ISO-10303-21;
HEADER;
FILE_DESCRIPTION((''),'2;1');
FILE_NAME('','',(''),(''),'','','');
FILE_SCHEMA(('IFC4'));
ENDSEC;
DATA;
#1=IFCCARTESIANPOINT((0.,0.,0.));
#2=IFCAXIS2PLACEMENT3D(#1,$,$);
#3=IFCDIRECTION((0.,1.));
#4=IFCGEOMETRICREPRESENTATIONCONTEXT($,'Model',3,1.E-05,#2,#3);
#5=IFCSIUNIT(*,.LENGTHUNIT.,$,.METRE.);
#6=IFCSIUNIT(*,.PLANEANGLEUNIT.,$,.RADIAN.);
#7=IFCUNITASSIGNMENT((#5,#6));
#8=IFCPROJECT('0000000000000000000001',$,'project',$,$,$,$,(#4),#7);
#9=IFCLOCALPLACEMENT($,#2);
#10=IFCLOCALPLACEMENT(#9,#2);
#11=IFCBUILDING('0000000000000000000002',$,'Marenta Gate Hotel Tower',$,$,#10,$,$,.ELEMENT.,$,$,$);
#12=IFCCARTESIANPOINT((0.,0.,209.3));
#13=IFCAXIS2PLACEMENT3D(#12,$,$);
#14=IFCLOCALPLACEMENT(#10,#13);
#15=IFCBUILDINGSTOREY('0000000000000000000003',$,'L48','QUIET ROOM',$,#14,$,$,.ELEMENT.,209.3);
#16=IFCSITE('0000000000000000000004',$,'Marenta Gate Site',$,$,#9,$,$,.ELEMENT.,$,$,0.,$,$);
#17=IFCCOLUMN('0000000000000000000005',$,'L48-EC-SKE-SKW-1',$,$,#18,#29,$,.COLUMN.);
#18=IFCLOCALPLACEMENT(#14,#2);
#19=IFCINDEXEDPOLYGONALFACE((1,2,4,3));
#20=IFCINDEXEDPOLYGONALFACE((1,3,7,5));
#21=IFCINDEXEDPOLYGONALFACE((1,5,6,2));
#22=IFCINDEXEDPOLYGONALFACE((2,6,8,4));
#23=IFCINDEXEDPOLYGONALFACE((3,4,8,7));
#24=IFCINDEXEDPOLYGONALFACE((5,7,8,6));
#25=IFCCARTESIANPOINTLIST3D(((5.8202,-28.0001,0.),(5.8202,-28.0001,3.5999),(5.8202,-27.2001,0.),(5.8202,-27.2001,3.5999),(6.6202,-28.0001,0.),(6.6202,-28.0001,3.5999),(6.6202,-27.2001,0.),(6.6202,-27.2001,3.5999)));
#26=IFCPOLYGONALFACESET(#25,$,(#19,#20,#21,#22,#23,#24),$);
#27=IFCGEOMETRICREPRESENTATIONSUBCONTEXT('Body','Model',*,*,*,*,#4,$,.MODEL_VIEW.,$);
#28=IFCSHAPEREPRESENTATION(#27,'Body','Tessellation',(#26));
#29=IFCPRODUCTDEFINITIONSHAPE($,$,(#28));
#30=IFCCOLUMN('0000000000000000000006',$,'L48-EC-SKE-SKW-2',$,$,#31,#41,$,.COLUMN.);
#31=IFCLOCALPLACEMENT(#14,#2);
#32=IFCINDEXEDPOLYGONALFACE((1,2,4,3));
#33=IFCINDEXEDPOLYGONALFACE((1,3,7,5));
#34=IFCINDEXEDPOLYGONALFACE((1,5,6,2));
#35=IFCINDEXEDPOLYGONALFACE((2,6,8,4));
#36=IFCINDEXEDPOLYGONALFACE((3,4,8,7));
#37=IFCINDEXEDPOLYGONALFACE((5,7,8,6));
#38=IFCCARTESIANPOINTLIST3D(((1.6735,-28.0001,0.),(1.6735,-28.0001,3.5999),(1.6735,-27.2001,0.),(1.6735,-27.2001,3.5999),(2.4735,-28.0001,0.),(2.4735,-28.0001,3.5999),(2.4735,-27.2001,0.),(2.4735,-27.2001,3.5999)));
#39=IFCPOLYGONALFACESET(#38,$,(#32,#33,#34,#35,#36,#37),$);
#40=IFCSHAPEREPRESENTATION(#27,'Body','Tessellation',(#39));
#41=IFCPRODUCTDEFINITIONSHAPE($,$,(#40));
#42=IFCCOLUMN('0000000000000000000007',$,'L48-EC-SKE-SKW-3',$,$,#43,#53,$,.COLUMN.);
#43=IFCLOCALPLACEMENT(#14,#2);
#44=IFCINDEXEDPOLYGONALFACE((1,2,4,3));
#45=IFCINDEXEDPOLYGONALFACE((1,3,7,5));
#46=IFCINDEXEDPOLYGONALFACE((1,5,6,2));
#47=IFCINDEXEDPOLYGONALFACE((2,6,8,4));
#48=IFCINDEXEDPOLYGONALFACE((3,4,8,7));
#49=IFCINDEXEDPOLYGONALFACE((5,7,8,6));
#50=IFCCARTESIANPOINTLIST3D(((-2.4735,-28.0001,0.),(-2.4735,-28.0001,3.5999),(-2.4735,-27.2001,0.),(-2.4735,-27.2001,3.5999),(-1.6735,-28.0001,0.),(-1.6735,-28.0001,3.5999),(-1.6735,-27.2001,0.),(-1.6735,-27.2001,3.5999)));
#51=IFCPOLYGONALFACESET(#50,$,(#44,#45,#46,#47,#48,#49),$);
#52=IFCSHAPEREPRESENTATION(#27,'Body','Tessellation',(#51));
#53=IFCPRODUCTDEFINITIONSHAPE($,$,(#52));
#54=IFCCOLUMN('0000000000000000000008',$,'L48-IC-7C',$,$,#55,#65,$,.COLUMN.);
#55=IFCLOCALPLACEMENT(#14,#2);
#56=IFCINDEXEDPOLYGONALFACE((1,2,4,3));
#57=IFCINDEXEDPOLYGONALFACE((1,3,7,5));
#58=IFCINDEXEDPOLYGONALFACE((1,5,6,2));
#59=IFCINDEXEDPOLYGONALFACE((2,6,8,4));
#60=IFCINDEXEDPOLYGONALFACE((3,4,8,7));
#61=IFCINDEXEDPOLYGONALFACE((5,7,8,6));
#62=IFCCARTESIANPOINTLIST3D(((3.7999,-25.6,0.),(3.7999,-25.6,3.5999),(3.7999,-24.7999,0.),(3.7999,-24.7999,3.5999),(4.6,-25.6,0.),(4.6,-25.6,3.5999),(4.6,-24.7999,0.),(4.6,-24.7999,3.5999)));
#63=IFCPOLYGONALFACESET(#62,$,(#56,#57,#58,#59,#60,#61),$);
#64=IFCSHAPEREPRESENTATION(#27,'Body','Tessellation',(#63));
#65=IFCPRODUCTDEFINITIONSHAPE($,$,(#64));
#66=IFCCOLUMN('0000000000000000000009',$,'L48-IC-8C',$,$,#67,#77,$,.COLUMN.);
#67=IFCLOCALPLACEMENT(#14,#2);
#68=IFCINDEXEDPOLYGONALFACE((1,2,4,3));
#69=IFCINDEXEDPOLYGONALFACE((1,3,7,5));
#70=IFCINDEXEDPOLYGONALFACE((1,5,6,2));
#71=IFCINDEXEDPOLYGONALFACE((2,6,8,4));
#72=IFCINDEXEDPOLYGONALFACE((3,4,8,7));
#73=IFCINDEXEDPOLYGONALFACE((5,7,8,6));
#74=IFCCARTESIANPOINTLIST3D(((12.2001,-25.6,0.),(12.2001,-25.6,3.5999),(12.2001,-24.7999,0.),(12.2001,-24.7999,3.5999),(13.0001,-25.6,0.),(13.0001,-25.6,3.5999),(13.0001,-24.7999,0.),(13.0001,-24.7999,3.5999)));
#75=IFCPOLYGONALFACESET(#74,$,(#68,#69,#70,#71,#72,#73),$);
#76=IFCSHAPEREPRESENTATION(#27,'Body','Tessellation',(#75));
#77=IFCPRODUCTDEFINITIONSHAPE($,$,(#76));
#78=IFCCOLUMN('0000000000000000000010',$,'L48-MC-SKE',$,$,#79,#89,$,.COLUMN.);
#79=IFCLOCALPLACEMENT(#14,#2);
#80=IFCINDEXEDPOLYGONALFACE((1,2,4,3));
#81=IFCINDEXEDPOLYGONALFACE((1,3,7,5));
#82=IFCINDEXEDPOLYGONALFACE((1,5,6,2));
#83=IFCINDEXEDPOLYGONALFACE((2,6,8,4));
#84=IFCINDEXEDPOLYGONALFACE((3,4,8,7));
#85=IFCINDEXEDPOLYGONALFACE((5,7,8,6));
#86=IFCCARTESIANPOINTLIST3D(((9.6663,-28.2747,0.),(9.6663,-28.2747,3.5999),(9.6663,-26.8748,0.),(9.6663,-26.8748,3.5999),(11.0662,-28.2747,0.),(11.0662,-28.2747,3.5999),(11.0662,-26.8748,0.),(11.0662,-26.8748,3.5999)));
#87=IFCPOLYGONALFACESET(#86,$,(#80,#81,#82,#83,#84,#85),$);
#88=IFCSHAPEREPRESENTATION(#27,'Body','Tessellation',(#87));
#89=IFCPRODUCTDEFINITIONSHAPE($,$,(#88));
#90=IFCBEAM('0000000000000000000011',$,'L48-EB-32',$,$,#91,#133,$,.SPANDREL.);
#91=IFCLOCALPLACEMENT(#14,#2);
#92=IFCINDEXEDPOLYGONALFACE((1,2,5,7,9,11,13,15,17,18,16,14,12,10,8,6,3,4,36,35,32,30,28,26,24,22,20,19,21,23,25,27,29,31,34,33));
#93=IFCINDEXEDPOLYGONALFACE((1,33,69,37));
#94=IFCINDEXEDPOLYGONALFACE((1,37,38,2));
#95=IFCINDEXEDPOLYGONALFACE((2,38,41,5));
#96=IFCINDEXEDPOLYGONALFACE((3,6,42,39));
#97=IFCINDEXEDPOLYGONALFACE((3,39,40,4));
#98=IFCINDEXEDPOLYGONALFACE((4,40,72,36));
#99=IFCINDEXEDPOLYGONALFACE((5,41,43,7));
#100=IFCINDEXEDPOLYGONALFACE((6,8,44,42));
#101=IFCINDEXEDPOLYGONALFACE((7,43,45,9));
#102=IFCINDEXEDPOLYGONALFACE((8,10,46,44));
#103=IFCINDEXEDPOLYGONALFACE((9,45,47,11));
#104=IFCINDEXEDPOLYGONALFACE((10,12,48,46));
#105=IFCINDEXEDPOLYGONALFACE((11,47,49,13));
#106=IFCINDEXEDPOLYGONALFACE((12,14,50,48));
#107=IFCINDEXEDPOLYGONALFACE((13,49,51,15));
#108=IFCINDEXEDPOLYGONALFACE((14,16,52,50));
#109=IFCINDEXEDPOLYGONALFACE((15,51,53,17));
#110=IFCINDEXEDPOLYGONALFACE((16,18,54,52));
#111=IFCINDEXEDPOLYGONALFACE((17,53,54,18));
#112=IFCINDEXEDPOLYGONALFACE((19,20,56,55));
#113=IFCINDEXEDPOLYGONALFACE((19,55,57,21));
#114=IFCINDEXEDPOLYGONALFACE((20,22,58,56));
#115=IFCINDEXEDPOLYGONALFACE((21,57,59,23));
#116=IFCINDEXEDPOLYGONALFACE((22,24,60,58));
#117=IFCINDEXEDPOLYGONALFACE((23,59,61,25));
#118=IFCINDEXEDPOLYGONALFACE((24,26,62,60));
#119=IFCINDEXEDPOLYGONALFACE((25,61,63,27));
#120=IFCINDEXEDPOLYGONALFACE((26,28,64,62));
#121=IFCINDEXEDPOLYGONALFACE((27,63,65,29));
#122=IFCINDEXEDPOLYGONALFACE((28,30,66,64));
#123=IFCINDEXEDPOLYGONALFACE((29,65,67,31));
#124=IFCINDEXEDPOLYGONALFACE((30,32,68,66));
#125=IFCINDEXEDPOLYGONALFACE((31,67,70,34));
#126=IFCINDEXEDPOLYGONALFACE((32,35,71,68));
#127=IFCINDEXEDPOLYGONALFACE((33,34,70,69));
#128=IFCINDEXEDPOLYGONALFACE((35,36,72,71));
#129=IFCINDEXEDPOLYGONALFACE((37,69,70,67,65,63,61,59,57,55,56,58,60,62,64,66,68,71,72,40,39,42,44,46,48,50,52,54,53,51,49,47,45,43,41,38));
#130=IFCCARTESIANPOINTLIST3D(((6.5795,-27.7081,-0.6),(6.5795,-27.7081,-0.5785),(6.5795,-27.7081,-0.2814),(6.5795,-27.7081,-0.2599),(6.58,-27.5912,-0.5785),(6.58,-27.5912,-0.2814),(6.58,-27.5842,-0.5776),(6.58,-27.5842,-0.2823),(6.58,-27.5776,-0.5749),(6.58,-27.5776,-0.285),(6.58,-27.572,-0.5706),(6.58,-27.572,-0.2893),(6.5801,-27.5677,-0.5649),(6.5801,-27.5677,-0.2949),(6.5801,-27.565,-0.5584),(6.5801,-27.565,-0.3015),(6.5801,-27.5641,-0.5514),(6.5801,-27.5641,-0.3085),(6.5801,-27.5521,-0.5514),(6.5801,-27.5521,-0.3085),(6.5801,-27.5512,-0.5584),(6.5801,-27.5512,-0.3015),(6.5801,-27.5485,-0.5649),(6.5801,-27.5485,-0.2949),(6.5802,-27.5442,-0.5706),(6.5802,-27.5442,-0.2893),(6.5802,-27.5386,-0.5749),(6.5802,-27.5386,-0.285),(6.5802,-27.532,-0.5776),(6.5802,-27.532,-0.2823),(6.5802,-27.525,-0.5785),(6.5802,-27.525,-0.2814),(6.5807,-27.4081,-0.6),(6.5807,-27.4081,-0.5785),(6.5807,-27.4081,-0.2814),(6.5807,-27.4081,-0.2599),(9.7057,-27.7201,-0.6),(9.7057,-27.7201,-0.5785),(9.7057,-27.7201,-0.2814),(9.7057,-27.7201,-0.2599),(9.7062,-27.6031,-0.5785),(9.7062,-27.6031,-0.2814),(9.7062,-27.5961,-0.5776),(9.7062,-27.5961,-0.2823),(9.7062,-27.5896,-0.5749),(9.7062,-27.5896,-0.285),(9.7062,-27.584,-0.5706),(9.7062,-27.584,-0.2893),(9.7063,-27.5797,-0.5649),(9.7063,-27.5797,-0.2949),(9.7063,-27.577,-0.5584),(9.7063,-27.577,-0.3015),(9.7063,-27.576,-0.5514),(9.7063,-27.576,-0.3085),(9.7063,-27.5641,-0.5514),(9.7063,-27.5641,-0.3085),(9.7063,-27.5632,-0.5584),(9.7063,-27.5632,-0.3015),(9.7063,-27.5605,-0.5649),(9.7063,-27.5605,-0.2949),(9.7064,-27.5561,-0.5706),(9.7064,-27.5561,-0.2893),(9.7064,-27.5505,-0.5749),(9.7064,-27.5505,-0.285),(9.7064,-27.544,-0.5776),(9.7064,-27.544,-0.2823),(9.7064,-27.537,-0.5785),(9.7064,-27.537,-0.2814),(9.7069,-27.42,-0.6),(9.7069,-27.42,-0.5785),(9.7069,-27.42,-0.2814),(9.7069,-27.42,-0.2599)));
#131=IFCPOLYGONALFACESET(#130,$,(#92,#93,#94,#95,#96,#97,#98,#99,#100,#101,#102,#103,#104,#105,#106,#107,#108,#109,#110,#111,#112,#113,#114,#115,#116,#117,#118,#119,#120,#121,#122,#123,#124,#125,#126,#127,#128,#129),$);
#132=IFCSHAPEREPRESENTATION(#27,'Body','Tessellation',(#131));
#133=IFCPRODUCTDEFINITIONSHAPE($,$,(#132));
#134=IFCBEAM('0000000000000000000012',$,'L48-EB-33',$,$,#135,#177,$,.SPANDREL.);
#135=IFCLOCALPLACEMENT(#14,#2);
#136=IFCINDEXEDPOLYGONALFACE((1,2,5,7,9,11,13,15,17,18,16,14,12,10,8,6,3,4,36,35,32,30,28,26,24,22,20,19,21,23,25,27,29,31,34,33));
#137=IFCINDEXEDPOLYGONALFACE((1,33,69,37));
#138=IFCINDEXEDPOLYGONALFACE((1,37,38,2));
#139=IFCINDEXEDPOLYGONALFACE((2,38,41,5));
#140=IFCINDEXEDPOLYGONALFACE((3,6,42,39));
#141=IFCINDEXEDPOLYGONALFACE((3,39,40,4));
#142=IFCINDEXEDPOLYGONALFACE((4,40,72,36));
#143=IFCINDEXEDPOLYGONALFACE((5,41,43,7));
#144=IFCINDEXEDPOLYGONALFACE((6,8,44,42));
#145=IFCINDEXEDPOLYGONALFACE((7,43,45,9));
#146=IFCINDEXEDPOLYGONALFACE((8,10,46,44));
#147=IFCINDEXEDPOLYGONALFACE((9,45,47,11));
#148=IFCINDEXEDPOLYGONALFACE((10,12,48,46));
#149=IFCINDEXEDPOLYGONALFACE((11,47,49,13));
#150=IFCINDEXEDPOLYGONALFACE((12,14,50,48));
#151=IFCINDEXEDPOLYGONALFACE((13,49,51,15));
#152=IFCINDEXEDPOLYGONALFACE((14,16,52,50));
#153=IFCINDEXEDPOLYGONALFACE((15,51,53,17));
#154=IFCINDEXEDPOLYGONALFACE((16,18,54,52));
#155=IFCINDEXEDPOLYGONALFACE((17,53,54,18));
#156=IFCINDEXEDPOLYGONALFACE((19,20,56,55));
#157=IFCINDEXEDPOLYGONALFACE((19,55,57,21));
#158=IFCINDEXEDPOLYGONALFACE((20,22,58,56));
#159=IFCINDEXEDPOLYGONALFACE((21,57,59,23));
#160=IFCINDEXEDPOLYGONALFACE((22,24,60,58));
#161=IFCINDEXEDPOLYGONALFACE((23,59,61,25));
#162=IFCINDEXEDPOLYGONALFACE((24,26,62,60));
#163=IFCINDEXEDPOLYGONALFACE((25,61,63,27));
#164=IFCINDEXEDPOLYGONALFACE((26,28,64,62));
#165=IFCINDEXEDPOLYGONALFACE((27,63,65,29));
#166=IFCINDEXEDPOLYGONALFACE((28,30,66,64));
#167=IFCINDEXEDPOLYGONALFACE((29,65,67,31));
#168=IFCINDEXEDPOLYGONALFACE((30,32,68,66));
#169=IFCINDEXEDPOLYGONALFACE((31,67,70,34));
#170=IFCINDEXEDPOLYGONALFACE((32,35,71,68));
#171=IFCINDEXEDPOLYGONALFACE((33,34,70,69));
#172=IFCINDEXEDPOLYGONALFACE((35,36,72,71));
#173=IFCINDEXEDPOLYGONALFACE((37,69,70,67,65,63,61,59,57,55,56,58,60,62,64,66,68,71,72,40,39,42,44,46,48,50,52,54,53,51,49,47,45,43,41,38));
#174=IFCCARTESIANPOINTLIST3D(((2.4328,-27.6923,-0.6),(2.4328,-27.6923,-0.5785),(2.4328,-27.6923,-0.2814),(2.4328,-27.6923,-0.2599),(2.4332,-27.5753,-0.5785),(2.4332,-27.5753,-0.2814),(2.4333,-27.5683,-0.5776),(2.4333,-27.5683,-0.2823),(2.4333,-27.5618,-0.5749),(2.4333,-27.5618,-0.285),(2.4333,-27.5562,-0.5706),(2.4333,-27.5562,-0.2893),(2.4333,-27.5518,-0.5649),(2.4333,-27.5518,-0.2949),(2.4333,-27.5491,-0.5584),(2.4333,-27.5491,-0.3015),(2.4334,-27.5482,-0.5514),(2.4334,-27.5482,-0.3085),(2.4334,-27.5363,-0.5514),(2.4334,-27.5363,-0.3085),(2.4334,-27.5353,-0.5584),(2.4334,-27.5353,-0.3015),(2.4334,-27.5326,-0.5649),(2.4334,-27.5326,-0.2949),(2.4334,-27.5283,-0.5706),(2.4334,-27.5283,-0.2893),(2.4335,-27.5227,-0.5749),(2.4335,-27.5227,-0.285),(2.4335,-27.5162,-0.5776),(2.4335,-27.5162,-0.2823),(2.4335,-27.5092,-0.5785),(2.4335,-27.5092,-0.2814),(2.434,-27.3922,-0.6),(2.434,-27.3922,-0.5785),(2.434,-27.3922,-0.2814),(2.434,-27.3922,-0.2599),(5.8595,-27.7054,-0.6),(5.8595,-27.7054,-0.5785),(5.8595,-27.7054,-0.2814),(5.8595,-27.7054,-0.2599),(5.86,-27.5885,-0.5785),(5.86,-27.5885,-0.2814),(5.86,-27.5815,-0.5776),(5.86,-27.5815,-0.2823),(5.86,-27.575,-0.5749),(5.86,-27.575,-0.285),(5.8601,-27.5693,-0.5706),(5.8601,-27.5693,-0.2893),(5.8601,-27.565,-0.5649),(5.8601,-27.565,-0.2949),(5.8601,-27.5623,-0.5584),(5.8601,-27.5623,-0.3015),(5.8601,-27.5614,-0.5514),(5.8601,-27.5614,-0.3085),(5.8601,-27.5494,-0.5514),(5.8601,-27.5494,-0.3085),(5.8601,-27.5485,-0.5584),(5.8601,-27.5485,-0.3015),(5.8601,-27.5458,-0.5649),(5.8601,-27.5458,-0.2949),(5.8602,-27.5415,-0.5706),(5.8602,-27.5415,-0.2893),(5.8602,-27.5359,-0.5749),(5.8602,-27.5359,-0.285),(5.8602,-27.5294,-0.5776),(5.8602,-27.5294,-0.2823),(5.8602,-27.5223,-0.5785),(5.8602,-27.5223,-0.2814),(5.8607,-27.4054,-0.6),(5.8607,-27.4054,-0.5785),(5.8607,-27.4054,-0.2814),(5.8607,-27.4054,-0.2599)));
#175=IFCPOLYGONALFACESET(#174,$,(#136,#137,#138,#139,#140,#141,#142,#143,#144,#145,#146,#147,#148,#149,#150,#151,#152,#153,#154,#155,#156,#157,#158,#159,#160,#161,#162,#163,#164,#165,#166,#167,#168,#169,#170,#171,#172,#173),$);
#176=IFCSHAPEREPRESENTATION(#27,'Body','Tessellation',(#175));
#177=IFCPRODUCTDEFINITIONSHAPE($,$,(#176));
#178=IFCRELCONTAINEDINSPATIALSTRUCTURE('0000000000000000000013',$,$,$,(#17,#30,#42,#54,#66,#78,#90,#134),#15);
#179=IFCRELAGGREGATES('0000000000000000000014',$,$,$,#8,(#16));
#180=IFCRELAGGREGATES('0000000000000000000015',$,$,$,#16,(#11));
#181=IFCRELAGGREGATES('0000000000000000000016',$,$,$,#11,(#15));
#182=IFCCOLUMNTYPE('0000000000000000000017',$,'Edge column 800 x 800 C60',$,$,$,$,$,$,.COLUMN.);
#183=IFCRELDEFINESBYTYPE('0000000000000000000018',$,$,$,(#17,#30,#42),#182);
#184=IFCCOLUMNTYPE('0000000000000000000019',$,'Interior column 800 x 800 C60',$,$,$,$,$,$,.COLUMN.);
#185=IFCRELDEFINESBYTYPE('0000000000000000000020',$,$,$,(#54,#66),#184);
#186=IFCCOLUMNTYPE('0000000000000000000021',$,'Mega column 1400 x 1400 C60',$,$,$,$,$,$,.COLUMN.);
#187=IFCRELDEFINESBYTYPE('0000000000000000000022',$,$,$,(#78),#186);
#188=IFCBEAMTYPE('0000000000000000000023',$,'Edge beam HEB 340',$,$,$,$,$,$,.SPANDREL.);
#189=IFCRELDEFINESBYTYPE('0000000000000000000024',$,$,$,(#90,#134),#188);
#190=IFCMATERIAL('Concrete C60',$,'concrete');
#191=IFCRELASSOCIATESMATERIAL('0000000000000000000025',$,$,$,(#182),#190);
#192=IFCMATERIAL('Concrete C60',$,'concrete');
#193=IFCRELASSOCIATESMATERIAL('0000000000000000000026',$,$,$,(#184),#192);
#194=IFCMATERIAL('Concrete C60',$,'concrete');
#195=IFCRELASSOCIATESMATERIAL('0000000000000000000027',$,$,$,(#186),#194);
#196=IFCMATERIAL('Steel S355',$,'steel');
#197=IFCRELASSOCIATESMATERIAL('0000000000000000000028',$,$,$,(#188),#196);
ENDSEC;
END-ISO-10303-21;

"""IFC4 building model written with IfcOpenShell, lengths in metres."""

from ifc_helpers import new_model, si_unit, direction, frame, origin, origin_2d, place, context, subcontext, project, spatial, rectangle, i_section, extrude, material, material_profile, profile_set, type_object, element, save


model = new_model("IFC4")

# Units and contexts
model_context = context("Model", 3, precision=1e-05, world=origin(), true_north=direction((0.0, 1.0)))
body_context = subcontext(model_context, "Body", "Model", "MODEL_VIEW")
ifc_project = project(units=[si_unit("LENGTHUNIT", "METRE"), si_unit("PLANEANGLEUNIT", "RADIAN")], contexts=[model_context])

# Site, building, storey
site_placement = place(None, origin())
site = spatial("IfcSite", under=ifc_project, at=site_placement, Name="Marenta Gate Site", CompositionType="ELEMENT", RefElevation=0.0)
building_placement = place(site_placement, origin())
building = spatial("IfcBuilding", under=site, at=building_placement, Name="Marenta Gate Hotel Tower", CompositionType="ELEMENT")
storey_placement = place(building_placement, frame((0.0, 0.0, 209.3)))
storey = spatial("IfcBuildingStorey", under=building, at=storey_placement, Name="L48", Description="QUIET ROOM", CompositionType="ELEMENT", Elevation=209.3)

# Columns
ifc_material_1 = material(Name="Concrete C60", Category="concrete")
ifc_material_profile_1 = material_profile(ifc_material_1, rectangle(XDim=0.8, YDim=0.8, at=origin_2d()), Name="800 x 800")
ifc_profile_set_1 = profile_set([ifc_material_profile_1], Name="Concrete C60")
column_type_1 = type_object("IfcColumnType", Name="Edge column 800 x 800 C60", PredefinedType="COLUMN", material=ifc_profile_set_1)
for number, where, z_axis, x_axis, name in (
    (1, (6.2202, -27.6001, 0.0), (0.0, 0.0, 1.0), (1.0, 0.0, 0.0), "L48-EC-SKE-SKW-1"),
    (2, (2.0735, -27.6001, 0.0), (0.0, 0.0, 1.0), (1.0, 0.0, 0.0), "L48-EC-SKE-SKW-2"),
    (3, (-2.0735, -27.6001, 0.0), (0.0, 0.0, 1.0), (1.0, 0.0, 0.0), "L48-EC-SKE-SKW-3"),
):
    element("IfcColumn", number, at=place(storey_placement, frame(where, z_axis=z_axis, x_axis=x_axis)), inside=storey, type_object=column_type_1, Name=name, PredefinedType="COLUMN", context=body_context, shape_type="SweptSolid", body=[
        extrude(rectangle(XDim=0.8, YDim=0.8, at=origin_2d()), origin(), (0.0, 0.0, 1.0), 3.5999),
    ])
ifc_material_2 = material(Name="Concrete C60", Category="concrete")
ifc_material_profile_2 = material_profile(ifc_material_2, rectangle(XDim=0.8, YDim=0.8, at=origin_2d()), Name="800 x 800")
ifc_profile_set_2 = profile_set([ifc_material_profile_2], Name="Concrete C60")
column_type_2 = type_object("IfcColumnType", Name="Interior column 800 x 800 C60", PredefinedType="COLUMN", material=ifc_profile_set_2)
for number, where, z_axis, x_axis, name in (
    (4, (4.2, -25.2, 0.0), (0.0, 0.0, 1.0), (1.0, 0.0, 0.0), "L48-IC-7C"),
    (5, (12.6001, -25.2, 0.0), (0.0, 0.0, 1.0), (1.0, 0.0, 0.0), "L48-IC-8C"),
):
    element("IfcColumn", number, at=place(storey_placement, frame(where, z_axis=z_axis, x_axis=x_axis)), inside=storey, type_object=column_type_2, Name=name, PredefinedType="COLUMN", context=body_context, shape_type="SweptSolid", body=[
        extrude(rectangle(XDim=0.8, YDim=0.8, at=origin_2d()), origin(), (0.0, 0.0, 1.0), 3.5999),
    ])
ifc_material_3 = material(Name="Concrete C60", Category="concrete")
ifc_material_profile_3 = material_profile(ifc_material_3, rectangle(XDim=1.3999, YDim=1.3999, at=origin_2d()), Name="1400 x 1400")
ifc_profile_set_3 = profile_set([ifc_material_profile_3], Name="Concrete C60")
column_type_3 = type_object("IfcColumnType", Name="Mega column 1400 x 1400 C60", PredefinedType="COLUMN", material=ifc_profile_set_3)
column_placement = place(storey_placement, frame((10.3662, -27.5747, 0.0), z_axis=(0.0, 0.0, 1.0), x_axis=(1.0, 0.0, 0.0)))
element("IfcColumn", 6, at=column_placement, inside=storey, type_object=column_type_3, Name="L48-MC-SKE", PredefinedType="COLUMN", context=body_context, shape_type="SweptSolid", body=[
    extrude(rectangle(XDim=1.3999, YDim=1.3999, at=origin_2d()), origin(), (0.0, 0.0, 1.0), 3.5999),
])

# Beams
ifc_material_4 = material(Name="Steel S355", Category="steel")
ifc_material_profile_4 = material_profile(ifc_material_4, i_section(OverallWidth=0.3, OverallDepth=0.3401, WebThickness=0.012, FlangeThickness=0.0215, FilletRadius=0.0271, at=origin_2d()), Name="HEB 340")
ifc_profile_set_4 = profile_set([ifc_material_profile_4], Name="Steel S355")
beam_type_1 = type_object("IfcBeamType", Name="Edge beam HEB 340", PredefinedType="SPANDREL", material=ifc_profile_set_4)
beam_1_placement = place(storey_placement, frame((9.7063, -27.5701, -0.4299), z_axis=(-0.999993, 0.003827, 0.0), x_axis=(-0.003827, -0.999993, 0.0)))
element("IfcBeam", 7, at=beam_1_placement, inside=storey, type_object=beam_type_1, Name="L48-EB-32", PredefinedType="SPANDREL", context=body_context, shape_type="SweptSolid", body=[
    extrude(i_section(OverallWidth=0.3, OverallDepth=0.3401, WebThickness=0.012, FlangeThickness=0.0215, FilletRadius=0.0271, at=origin_2d()), origin(), (0.0, 0.0, 1.0), 3.1262),
])
for number, where, z_axis, x_axis, name in (
    (8, (5.8601, -27.5554, -0.4299), (-0.999993, 0.003847, 0.0), (-0.003847, -0.999993, 0.0), "L48-EB-33"),
):
    element("IfcBeam", number, at=place(storey_placement, frame(where, z_axis=z_axis, x_axis=x_axis)), inside=storey, type_object=beam_type_1, Name=name, PredefinedType="SPANDREL", context=body_context, shape_type="SweptSolid", body=[
        extrude(i_section(OverallWidth=0.3, OverallDepth=0.3401, WebThickness=0.012, FlangeThickness=0.0215, FilletRadius=0.0271, at=origin_2d()), origin(), (0.0, 0.0, 1.0), 3.4268),
    ])

save(model, "model.ifc")
